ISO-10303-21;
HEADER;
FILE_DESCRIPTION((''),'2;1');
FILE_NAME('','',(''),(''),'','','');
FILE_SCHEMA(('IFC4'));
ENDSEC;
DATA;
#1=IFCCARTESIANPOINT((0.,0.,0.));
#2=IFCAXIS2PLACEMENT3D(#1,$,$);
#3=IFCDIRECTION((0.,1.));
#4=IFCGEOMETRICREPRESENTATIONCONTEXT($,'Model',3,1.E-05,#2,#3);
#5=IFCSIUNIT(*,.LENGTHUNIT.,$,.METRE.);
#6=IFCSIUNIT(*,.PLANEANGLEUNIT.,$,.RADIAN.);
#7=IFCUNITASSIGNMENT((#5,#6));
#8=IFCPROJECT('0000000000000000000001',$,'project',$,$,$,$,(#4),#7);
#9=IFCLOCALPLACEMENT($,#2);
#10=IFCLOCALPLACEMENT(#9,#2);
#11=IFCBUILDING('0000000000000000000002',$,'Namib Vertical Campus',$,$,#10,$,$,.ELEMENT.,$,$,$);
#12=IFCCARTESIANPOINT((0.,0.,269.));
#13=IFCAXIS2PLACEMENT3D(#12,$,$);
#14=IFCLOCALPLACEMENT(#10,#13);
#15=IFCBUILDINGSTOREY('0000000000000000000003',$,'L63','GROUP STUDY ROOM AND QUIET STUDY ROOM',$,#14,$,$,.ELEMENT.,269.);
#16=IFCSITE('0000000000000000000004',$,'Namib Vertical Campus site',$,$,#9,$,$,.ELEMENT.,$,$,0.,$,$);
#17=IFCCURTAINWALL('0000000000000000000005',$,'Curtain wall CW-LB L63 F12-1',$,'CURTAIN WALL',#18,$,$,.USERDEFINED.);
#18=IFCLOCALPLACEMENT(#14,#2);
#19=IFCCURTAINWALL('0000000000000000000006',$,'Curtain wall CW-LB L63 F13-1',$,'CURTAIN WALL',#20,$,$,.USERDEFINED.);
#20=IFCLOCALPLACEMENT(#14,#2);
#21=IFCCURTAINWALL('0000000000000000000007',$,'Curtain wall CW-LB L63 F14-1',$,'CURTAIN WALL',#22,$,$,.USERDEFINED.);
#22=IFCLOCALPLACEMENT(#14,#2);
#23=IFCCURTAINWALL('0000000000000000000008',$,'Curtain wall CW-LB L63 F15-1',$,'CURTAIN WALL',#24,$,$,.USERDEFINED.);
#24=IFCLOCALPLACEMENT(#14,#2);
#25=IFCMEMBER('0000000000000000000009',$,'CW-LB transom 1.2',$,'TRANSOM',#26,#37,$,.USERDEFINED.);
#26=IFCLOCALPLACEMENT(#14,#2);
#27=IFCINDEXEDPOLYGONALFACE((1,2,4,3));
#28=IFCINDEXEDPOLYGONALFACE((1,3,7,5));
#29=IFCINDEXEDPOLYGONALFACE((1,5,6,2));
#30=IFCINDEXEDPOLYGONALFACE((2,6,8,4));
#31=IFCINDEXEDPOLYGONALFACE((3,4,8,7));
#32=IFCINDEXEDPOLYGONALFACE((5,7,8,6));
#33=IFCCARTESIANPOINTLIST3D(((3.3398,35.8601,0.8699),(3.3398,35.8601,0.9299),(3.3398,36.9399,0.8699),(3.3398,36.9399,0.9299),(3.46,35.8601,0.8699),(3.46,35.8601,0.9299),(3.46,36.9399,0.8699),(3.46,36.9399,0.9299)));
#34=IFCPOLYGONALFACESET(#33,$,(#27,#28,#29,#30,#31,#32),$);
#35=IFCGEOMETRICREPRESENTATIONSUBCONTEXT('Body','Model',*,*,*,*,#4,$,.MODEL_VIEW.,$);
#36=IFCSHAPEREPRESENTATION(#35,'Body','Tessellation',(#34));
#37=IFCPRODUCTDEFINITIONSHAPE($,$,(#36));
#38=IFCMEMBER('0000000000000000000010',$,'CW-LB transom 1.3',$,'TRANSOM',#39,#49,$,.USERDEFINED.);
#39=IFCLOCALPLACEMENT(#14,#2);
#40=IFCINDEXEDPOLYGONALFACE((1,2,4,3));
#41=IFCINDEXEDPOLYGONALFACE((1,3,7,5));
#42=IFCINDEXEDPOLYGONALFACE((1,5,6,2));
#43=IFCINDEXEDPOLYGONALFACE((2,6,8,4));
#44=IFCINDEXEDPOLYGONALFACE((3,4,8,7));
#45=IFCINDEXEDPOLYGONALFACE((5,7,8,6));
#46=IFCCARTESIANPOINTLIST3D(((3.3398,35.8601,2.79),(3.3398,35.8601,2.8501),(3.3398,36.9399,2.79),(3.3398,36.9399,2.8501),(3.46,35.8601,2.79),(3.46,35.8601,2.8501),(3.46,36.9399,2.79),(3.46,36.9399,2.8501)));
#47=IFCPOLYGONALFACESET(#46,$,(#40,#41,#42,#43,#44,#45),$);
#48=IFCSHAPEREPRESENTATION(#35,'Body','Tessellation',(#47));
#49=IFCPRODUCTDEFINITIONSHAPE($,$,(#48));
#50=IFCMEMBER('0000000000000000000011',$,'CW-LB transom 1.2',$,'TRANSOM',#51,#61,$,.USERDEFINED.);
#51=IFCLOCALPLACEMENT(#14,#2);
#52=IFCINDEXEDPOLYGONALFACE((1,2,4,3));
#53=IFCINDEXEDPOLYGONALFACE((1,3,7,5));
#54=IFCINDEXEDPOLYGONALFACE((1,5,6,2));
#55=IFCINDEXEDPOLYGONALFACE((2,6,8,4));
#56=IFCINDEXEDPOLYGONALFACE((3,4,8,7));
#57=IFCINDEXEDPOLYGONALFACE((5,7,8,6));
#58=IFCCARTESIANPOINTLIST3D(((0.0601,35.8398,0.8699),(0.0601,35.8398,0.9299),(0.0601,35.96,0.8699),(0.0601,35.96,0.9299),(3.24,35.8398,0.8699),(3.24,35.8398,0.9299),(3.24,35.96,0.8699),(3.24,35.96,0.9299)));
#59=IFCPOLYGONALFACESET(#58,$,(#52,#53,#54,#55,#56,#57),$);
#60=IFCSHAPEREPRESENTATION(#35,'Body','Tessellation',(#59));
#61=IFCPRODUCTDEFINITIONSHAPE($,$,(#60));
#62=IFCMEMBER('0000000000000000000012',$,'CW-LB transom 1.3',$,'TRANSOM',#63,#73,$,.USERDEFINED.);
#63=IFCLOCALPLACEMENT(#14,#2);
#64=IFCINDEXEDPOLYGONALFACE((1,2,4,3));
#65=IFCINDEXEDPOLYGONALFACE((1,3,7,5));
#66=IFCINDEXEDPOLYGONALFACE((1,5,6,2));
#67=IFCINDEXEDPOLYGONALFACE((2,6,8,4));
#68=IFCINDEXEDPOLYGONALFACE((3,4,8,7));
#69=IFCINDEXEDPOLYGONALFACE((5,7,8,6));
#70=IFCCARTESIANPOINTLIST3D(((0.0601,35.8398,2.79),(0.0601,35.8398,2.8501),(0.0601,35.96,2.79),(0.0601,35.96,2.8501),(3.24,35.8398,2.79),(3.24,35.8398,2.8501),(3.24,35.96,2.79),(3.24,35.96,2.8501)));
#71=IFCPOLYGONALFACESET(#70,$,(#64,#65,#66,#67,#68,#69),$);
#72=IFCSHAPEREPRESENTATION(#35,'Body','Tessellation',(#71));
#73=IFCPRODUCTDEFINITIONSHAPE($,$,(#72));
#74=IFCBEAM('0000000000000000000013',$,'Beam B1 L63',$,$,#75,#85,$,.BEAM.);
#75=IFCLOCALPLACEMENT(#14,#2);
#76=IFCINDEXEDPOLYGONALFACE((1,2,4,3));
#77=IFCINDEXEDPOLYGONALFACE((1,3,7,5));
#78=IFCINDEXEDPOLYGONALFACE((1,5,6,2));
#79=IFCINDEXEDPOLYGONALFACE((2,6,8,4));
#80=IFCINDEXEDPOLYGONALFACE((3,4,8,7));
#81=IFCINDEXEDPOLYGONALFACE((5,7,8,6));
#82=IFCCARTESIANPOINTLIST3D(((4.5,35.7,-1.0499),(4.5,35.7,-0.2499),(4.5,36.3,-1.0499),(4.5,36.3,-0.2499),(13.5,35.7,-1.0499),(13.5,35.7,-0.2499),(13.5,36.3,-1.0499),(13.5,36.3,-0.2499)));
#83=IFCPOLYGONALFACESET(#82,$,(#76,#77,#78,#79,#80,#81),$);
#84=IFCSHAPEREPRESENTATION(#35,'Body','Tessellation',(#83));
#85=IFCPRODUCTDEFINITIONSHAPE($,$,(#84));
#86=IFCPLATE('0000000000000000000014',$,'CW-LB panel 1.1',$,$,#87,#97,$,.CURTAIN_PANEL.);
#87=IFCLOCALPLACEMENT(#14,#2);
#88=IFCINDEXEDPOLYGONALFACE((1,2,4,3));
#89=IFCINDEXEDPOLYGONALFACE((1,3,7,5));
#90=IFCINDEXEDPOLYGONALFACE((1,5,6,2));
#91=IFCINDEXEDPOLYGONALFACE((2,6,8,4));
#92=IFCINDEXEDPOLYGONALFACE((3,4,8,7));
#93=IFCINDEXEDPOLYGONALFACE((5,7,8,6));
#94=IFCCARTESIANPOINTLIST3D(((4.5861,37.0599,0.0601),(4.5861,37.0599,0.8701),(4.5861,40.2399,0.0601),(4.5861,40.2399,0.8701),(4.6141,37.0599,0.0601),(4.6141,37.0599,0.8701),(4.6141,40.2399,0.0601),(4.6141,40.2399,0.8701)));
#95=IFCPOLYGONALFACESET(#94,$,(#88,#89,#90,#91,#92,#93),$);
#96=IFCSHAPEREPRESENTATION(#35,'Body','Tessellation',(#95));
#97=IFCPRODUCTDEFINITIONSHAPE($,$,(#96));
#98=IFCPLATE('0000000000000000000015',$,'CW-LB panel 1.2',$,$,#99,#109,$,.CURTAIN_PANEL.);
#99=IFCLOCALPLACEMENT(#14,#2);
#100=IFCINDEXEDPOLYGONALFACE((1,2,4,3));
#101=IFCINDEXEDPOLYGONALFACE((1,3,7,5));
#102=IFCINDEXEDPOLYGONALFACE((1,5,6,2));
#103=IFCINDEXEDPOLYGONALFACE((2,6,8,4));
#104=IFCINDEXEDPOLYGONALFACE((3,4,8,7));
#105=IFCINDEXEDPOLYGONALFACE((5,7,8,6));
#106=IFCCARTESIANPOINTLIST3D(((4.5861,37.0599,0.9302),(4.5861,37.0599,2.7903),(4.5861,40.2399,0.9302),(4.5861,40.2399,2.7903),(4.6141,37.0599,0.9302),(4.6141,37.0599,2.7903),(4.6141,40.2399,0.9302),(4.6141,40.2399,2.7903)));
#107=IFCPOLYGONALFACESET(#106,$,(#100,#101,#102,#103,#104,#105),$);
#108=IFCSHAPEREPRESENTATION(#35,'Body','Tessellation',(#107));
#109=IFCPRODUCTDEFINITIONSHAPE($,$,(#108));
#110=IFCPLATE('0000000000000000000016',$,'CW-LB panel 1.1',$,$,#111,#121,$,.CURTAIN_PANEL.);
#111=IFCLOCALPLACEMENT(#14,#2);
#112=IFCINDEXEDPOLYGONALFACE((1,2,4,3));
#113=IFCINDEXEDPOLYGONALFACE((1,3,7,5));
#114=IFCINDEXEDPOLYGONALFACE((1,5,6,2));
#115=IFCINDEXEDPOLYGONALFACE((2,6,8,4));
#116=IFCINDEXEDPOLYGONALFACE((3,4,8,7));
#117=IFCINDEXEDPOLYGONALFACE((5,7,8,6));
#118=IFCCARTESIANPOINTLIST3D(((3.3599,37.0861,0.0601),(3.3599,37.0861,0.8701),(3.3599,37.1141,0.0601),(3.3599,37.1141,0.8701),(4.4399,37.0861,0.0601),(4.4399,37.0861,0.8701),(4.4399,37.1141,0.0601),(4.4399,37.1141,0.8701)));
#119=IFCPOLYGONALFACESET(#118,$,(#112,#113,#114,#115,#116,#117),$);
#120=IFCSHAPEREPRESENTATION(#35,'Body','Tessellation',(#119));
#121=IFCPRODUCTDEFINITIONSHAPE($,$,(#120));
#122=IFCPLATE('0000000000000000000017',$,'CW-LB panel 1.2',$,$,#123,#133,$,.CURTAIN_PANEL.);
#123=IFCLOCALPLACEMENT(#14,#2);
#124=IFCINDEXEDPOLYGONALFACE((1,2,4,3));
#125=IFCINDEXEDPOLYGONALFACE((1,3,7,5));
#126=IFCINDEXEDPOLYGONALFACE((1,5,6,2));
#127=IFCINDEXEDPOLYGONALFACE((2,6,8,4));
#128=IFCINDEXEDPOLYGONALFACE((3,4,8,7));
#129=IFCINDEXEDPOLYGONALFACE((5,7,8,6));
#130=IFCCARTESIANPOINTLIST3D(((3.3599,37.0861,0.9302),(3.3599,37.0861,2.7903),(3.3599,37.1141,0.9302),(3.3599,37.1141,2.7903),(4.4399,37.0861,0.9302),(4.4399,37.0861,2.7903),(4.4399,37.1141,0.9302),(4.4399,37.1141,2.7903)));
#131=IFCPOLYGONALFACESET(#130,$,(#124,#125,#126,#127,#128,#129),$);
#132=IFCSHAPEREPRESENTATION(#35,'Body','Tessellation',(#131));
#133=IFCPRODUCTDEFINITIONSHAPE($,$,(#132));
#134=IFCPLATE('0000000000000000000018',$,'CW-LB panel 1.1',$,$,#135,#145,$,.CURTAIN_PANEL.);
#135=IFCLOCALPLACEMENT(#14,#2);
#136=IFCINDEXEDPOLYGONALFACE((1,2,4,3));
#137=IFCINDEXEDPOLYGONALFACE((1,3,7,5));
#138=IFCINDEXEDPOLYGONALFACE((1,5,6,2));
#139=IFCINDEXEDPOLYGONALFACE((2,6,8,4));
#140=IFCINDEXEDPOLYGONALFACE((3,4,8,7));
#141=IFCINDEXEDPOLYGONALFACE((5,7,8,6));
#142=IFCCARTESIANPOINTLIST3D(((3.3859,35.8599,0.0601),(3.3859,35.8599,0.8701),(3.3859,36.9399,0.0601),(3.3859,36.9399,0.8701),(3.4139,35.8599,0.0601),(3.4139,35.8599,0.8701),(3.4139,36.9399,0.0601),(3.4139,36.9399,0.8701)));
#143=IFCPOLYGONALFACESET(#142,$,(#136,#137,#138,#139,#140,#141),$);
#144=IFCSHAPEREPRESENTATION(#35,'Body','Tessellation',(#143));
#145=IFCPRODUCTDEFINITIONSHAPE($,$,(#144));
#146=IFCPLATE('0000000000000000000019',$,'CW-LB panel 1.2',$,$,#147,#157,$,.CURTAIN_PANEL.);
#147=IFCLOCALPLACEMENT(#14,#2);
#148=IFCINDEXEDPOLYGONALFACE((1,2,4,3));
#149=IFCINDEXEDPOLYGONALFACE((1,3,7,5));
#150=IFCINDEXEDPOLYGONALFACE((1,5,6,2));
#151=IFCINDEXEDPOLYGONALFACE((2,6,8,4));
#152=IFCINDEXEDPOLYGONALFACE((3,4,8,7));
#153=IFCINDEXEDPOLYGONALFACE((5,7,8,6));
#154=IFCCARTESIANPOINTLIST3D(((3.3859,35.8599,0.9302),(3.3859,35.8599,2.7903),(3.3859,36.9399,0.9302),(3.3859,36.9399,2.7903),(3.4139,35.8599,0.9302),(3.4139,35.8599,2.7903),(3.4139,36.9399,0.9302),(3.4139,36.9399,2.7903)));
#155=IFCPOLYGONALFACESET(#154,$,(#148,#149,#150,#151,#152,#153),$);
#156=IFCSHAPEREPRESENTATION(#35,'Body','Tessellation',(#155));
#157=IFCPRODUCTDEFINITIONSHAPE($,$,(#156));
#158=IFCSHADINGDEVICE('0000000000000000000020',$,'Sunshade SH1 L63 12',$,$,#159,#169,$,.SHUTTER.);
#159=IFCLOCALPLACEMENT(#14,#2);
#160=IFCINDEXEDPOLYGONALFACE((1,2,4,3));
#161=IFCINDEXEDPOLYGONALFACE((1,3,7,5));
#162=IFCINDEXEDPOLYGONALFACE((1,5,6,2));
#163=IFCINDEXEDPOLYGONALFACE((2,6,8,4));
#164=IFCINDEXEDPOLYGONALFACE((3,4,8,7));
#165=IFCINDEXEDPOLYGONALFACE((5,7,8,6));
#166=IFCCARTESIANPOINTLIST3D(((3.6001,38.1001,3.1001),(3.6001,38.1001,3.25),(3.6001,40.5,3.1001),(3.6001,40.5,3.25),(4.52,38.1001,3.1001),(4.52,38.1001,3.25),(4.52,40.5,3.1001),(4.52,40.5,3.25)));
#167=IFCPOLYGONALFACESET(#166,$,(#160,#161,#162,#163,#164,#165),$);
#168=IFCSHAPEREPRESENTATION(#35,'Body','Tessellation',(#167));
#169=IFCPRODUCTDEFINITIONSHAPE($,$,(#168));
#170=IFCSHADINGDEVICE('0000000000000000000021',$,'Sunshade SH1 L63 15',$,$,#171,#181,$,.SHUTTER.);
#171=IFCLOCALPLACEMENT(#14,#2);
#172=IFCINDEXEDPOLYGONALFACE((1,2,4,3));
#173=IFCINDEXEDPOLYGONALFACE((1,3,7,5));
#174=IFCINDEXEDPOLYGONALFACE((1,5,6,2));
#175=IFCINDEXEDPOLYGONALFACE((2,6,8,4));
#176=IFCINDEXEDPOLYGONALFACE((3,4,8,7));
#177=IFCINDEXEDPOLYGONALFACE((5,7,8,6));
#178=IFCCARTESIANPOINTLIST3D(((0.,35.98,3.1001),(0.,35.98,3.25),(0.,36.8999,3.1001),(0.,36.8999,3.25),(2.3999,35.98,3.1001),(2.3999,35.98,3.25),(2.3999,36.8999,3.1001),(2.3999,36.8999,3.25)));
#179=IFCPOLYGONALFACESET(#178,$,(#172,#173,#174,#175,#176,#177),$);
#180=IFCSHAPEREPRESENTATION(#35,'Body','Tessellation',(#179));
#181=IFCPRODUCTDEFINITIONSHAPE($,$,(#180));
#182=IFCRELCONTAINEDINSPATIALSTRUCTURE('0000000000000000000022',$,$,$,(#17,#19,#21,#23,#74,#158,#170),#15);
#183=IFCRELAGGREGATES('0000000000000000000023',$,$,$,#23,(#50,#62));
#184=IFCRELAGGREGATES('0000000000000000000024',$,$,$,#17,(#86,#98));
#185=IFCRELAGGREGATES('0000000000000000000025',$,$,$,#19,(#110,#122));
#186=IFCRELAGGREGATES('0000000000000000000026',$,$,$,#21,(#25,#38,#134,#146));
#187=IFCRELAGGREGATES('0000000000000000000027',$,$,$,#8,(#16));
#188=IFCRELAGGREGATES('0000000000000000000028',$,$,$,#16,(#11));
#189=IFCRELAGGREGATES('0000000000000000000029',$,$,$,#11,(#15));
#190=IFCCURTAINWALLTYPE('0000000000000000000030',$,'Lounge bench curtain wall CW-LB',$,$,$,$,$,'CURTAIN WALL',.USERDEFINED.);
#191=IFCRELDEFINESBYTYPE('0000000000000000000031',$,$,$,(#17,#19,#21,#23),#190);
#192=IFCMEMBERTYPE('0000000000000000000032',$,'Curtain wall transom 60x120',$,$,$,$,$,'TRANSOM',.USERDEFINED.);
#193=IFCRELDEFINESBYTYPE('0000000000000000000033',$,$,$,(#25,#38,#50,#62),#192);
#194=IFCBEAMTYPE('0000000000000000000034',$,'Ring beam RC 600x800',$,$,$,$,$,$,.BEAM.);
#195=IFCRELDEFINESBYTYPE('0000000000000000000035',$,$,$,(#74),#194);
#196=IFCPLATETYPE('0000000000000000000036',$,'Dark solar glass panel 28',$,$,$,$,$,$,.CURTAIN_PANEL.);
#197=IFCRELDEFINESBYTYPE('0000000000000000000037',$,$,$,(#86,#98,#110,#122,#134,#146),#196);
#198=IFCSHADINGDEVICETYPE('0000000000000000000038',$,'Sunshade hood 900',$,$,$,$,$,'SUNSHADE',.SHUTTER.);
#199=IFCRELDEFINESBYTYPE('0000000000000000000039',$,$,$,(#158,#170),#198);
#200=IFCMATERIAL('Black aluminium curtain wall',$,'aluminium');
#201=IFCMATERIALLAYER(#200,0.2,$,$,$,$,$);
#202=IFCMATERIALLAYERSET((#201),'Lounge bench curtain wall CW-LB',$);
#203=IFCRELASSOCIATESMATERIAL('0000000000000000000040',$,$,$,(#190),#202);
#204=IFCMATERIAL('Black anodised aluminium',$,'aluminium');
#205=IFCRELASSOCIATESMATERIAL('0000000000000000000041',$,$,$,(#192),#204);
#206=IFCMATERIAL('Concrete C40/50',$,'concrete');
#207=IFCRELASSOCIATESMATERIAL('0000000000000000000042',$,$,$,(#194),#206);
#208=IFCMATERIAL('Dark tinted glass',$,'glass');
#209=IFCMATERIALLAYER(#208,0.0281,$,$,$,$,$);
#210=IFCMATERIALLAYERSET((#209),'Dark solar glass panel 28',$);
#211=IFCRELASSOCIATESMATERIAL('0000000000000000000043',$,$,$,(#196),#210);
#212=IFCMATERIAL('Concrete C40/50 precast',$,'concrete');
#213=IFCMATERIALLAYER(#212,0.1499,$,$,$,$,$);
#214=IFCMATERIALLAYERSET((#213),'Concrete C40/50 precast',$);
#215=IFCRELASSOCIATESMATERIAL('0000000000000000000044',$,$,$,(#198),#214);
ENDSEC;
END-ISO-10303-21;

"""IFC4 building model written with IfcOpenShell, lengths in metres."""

from ifc_helpers import new_model, si_unit, direction, frame, origin, origin_2d, place, context, subcontext, project, spatial, rectangle, extrude, material, layer, layer_set, material_profile, profile_set, type_object, element, aggregate, save


model = new_model("IFC4")

# Units and contexts
model_context = context("Model", 3, precision=1e-05, world=origin(), true_north=direction((0.0, 1.0)))
body_context = subcontext(model_context, "Body", "Model", "MODEL_VIEW")
ifc_project = project(units=[si_unit("LENGTHUNIT", "METRE"), si_unit("PLANEANGLEUNIT", "RADIAN")], contexts=[model_context])

# Site, building, storey
site_placement = place(None, origin())
site = spatial("IfcSite", under=ifc_project, at=site_placement, Name="Namib Vertical Campus site", CompositionType="ELEMENT", RefElevation=0.0)
building_placement = place(site_placement, origin())
building = spatial("IfcBuilding", under=site, at=building_placement, Name="Namib Vertical Campus", CompositionType="ELEMENT")
storey_placement = place(building_placement, frame((0.0, 0.0, 269.0)))
storey = spatial("IfcBuildingStorey", under=building, at=storey_placement, Name="L63", Description="GROUP STUDY ROOM AND QUIET STUDY ROOM", CompositionType="ELEMENT", Elevation=269.0)

# Curtain wall
ifc_material_1 = material(Name="Black aluminium curtain wall", Category="aluminium")
ifc_layer_1 = layer(ifc_material_1, 0.2)
ifc_layer_set_1 = layer_set([ifc_layer_1], Name="Lounge bench curtain wall CW-LB")
curtain_wall_type = type_object("IfcCurtainWallType", Name="Lounge bench curtain wall CW-LB", ElementType="CURTAIN WALL", PredefinedType="USERDEFINED", material=ifc_layer_set_1)
curtain_wall_1_placement = place(storey_placement, origin())
curtain_wall_1 = element("IfcCurtainWall", 1, at=curtain_wall_1_placement, inside=storey, type_object=curtain_wall_type, Name="Curtain wall CW-LB L63 F12-1", ObjectType="CURTAIN WALL", PredefinedType="USERDEFINED")

# Curtain wall
curtain_wall_2_placement = place(storey_placement, origin())
curtain_wall_2 = element("IfcCurtainWall", 2, at=curtain_wall_2_placement, inside=storey, type_object=curtain_wall_type, Name="Curtain wall CW-LB L63 F13-1", ObjectType="CURTAIN WALL", PredefinedType="USERDEFINED")

# Curtain walls
curtain_wall_3_placement = place(storey_placement, origin())
curtain_wall_3 = element("IfcCurtainWall", 3, at=curtain_wall_3_placement, inside=storey, type_object=curtain_wall_type, Name="Curtain wall CW-LB L63 F14-1", ObjectType="CURTAIN WALL", PredefinedType="USERDEFINED")
curtain_wall_4_placement = place(storey_placement, origin())
curtain_wall_4 = element("IfcCurtainWall", 4, at=curtain_wall_4_placement, inside=storey, type_object=curtain_wall_type, Name="Curtain wall CW-LB L63 F15-1", ObjectType="CURTAIN WALL", PredefinedType="USERDEFINED")

# Members
ifc_material_2 = material(Name="Black anodised aluminium", Category="aluminium")
ifc_material_profile_1 = material_profile(ifc_material_2, rectangle(XDim=0.0601, YDim=0.1201, at=origin_2d()))
ifc_profile_set_1 = profile_set([ifc_material_profile_1], Name="Black anodised aluminium")
member_type_1 = type_object("IfcMemberType", Name="Curtain wall transom 60x120", ElementType="TRANSOM", PredefinedType="USERDEFINED", material=ifc_profile_set_1)
member_1_placement = place(storey_placement, frame((3.3999, 36.9399, 0.8999), z_axis=(0.0, -1.0, 0.0), x_axis=(0.0, 0.0, 1.0)))
member_1 = element("IfcMember", 5, at=member_1_placement, type_object=member_type_1, Name="CW-LB transom 1.2", ObjectType="TRANSOM", PredefinedType="USERDEFINED", context=body_context, shape_type="SweptSolid", body=[
    extrude(rectangle(XDim=0.0601, YDim=0.1201, at=origin_2d()), origin(), (0.0, 0.0, 1.0), 1.0798),
])
member_2_placement = place(storey_placement, frame((3.3999, 36.9399, 2.8201), z_axis=(0.0, -1.0, 0.0), x_axis=(0.0, 0.0, 1.0)))
member_2 = element("IfcMember", 6, at=member_2_placement, type_object=member_type_1, Name="CW-LB transom 1.3", ObjectType="TRANSOM", PredefinedType="USERDEFINED", context=body_context, shape_type="SweptSolid", body=[
    extrude(rectangle(XDim=0.0601, YDim=0.1201, at=origin_2d()), origin(), (0.0, 0.0, 1.0), 1.0798),
])
member_3_placement = place(storey_placement, frame((3.24, 35.8999, 0.8999), z_axis=(-1.0, 0.0, 0.0), x_axis=(0.0, 0.0, 1.0)))
member_3 = element("IfcMember", 7, at=member_3_placement, type_object=member_type_1, Name="CW-LB transom 1.2", ObjectType="TRANSOM", PredefinedType="USERDEFINED", context=body_context, shape_type="SweptSolid", body=[
    extrude(rectangle(XDim=0.0601, YDim=0.1201, at=origin_2d()), origin(), (0.0, 0.0, 1.0), 3.1799),
])
member_4_placement = place(storey_placement, frame((3.24, 35.8999, 2.8201), z_axis=(-1.0, 0.0, 0.0), x_axis=(0.0, 0.0, 1.0)))
member_4 = element("IfcMember", 8, at=member_4_placement, type_object=member_type_1, Name="CW-LB transom 1.3", ObjectType="TRANSOM", PredefinedType="USERDEFINED", context=body_context, shape_type="SweptSolid", body=[
    extrude(rectangle(XDim=0.0601, YDim=0.1201, at=origin_2d()), origin(), (0.0, 0.0, 1.0), 3.1799),
])
aggregate(curtain_wall_4, [member_3, member_4])

# Beam
ifc_material_3 = material(Name="Concrete C40/50", Category="concrete")
ifc_material_profile_2 = material_profile(ifc_material_3, rectangle(XDim=0.6001, YDim=0.8, at=origin_2d()))
ifc_profile_set_2 = profile_set([ifc_material_profile_2], Name="Concrete C40/50")
beam_type_1 = type_object("IfcBeamType", Name="Ring beam RC 600x800", PredefinedType="BEAM", material=ifc_profile_set_2)
beam_placement = place(storey_placement, frame((4.5, 36.0, -0.6499), z_axis=(1.0, 0.0, 0.0), x_axis=(0.0, 1.0, 0.0)))
element("IfcBeam", 9, at=beam_placement, inside=storey, type_object=beam_type_1, Name="Beam B1 L63", PredefinedType="BEAM", context=body_context, shape_type="SweptSolid", body=[
    extrude(rectangle(XDim=0.6001, YDim=0.8, at=origin_2d()), origin(), (0.0, 0.0, 1.0), 9.0),
])

# Plates
ifc_material_4 = material(Name="Dark tinted glass", Category="glass")
ifc_layer_2 = layer(ifc_material_4, 0.0281)
ifc_layer_set_2 = layer_set([ifc_layer_2], Name="Dark solar glass panel 28")
plate_type = type_object("IfcPlateType", Name="Dark solar glass panel 28", PredefinedType="CURTAIN_PANEL", material=ifc_layer_set_2)
plate_1_placement = place(storey_placement, frame((4.6001, 38.6499, 0.0601), z_axis=(0.0, 0.0, 1.0), x_axis=(0.0, -1.0, 0.0)))
plate_1 = element("IfcPlate", 10, at=plate_1_placement, type_object=plate_type, Name="CW-LB panel 1.1", PredefinedType="CURTAIN_PANEL", context=body_context, shape_type="SweptSolid", body=[
    extrude(rectangle(XDim=3.1799, YDim=0.0281, at=origin_2d()), origin(), (0.0, 0.0, 1.0), 0.8101),
])
plate_2_placement = place(storey_placement, frame((4.6001, 38.6499, 0.9302), z_axis=(0.0, 0.0, 1.0), x_axis=(0.0, -1.0, 0.0)))
plate_2 = element("IfcPlate", 11, at=plate_2_placement, type_object=plate_type, Name="CW-LB panel 1.2", PredefinedType="CURTAIN_PANEL", context=body_context, shape_type="SweptSolid", body=[
    extrude(rectangle(XDim=3.1799, YDim=0.0281, at=origin_2d()), origin(), (0.0, 0.0, 1.0), 1.8601),
])
aggregate(curtain_wall_1, [plate_1, plate_2])
plate_3_placement = place(storey_placement, frame((3.8999, 37.1001, 0.0601), z_axis=(0.0, 0.0, 1.0), x_axis=(-1.0, 0.0, 0.0)))
plate_3 = element("IfcPlate", 12, at=plate_3_placement, type_object=plate_type, Name="CW-LB panel 1.1", PredefinedType="CURTAIN_PANEL", context=body_context, shape_type="SweptSolid", body=[
    extrude(rectangle(XDim=1.0801, YDim=0.0281, at=origin_2d()), origin(), (0.0, 0.0, 1.0), 0.8101),
])
plate_4_placement = place(storey_placement, frame((3.8999, 37.1001, 0.9302), z_axis=(0.0, 0.0, 1.0), x_axis=(-1.0, 0.0, 0.0)))
plate_4 = element("IfcPlate", 13, at=plate_4_placement, type_object=plate_type, Name="CW-LB panel 1.2", PredefinedType="CURTAIN_PANEL", context=body_context, shape_type="SweptSolid", body=[
    extrude(rectangle(XDim=1.0801, YDim=0.0281, at=origin_2d()), origin(), (0.0, 0.0, 1.0), 1.8601),
])
aggregate(curtain_wall_2, [plate_3, plate_4])
plate_5_placement = place(storey_placement, frame((3.3999, 36.3999, 0.0601), z_axis=(0.0, 0.0, 1.0), x_axis=(0.0, -1.0, 0.0)))
plate_5 = element("IfcPlate", 14, at=plate_5_placement, type_object=plate_type, Name="CW-LB panel 1.1", PredefinedType="CURTAIN_PANEL", context=body_context, shape_type="SweptSolid", body=[
    extrude(rectangle(XDim=1.0801, YDim=0.0281, at=origin_2d()), origin(), (0.0, 0.0, 1.0), 0.8101),
])
plate_6_placement = place(storey_placement, frame((3.3999, 36.3999, 0.9302), z_axis=(0.0, 0.0, 1.0), x_axis=(0.0, -1.0, 0.0)))
plate_6 = element("IfcPlate", 15, at=plate_6_placement, type_object=plate_type, Name="CW-LB panel 1.2", PredefinedType="CURTAIN_PANEL", context=body_context, shape_type="SweptSolid", body=[
    extrude(rectangle(XDim=1.0801, YDim=0.0281, at=origin_2d()), origin(), (0.0, 0.0, 1.0), 1.8601),
])
aggregate(curtain_wall_3, [member_1, member_2, plate_5, plate_6])

# Shading devices
ifc_material_5 = material(Name="Concrete C40/50 precast", Category="concrete")
ifc_layer_3 = layer(ifc_material_5, 0.1499)
ifc_layer_set_3 = layer_set([ifc_layer_3], Name="Concrete C40/50 precast")
shading_device_type = type_object("IfcShadingDeviceType", Name="Sunshade hood 900", ElementType="SUNSHADE", PredefinedType="SHUTTER", material=ifc_layer_set_3)
for number, where, z_axis, x_axis, name in (
    (16, (4.0601, 39.3, 3.1001), (0.0, 0.0, 1.0), (0.0, -1.0, 0.0), "Sunshade SH1 L63 12"),
    (17, (1.2, 36.4399, 3.1001), (0.0, 0.0, 1.0), (-1.0, 0.0, 0.0), "Sunshade SH1 L63 15"),
):
    element("IfcShadingDevice", number, at=place(storey_placement, frame(where, z_axis=z_axis, x_axis=x_axis)), inside=storey, type_object=shading_device_type, Name=name, PredefinedType="SHUTTER", context=body_context, shape_type="SweptSolid", body=[
        extrude(rectangle(XDim=2.3999, YDim=0.9199, at=origin_2d()), origin(), (0.0, 0.0, 1.0), 0.1499),
    ])

save(model, "model.ifc")
